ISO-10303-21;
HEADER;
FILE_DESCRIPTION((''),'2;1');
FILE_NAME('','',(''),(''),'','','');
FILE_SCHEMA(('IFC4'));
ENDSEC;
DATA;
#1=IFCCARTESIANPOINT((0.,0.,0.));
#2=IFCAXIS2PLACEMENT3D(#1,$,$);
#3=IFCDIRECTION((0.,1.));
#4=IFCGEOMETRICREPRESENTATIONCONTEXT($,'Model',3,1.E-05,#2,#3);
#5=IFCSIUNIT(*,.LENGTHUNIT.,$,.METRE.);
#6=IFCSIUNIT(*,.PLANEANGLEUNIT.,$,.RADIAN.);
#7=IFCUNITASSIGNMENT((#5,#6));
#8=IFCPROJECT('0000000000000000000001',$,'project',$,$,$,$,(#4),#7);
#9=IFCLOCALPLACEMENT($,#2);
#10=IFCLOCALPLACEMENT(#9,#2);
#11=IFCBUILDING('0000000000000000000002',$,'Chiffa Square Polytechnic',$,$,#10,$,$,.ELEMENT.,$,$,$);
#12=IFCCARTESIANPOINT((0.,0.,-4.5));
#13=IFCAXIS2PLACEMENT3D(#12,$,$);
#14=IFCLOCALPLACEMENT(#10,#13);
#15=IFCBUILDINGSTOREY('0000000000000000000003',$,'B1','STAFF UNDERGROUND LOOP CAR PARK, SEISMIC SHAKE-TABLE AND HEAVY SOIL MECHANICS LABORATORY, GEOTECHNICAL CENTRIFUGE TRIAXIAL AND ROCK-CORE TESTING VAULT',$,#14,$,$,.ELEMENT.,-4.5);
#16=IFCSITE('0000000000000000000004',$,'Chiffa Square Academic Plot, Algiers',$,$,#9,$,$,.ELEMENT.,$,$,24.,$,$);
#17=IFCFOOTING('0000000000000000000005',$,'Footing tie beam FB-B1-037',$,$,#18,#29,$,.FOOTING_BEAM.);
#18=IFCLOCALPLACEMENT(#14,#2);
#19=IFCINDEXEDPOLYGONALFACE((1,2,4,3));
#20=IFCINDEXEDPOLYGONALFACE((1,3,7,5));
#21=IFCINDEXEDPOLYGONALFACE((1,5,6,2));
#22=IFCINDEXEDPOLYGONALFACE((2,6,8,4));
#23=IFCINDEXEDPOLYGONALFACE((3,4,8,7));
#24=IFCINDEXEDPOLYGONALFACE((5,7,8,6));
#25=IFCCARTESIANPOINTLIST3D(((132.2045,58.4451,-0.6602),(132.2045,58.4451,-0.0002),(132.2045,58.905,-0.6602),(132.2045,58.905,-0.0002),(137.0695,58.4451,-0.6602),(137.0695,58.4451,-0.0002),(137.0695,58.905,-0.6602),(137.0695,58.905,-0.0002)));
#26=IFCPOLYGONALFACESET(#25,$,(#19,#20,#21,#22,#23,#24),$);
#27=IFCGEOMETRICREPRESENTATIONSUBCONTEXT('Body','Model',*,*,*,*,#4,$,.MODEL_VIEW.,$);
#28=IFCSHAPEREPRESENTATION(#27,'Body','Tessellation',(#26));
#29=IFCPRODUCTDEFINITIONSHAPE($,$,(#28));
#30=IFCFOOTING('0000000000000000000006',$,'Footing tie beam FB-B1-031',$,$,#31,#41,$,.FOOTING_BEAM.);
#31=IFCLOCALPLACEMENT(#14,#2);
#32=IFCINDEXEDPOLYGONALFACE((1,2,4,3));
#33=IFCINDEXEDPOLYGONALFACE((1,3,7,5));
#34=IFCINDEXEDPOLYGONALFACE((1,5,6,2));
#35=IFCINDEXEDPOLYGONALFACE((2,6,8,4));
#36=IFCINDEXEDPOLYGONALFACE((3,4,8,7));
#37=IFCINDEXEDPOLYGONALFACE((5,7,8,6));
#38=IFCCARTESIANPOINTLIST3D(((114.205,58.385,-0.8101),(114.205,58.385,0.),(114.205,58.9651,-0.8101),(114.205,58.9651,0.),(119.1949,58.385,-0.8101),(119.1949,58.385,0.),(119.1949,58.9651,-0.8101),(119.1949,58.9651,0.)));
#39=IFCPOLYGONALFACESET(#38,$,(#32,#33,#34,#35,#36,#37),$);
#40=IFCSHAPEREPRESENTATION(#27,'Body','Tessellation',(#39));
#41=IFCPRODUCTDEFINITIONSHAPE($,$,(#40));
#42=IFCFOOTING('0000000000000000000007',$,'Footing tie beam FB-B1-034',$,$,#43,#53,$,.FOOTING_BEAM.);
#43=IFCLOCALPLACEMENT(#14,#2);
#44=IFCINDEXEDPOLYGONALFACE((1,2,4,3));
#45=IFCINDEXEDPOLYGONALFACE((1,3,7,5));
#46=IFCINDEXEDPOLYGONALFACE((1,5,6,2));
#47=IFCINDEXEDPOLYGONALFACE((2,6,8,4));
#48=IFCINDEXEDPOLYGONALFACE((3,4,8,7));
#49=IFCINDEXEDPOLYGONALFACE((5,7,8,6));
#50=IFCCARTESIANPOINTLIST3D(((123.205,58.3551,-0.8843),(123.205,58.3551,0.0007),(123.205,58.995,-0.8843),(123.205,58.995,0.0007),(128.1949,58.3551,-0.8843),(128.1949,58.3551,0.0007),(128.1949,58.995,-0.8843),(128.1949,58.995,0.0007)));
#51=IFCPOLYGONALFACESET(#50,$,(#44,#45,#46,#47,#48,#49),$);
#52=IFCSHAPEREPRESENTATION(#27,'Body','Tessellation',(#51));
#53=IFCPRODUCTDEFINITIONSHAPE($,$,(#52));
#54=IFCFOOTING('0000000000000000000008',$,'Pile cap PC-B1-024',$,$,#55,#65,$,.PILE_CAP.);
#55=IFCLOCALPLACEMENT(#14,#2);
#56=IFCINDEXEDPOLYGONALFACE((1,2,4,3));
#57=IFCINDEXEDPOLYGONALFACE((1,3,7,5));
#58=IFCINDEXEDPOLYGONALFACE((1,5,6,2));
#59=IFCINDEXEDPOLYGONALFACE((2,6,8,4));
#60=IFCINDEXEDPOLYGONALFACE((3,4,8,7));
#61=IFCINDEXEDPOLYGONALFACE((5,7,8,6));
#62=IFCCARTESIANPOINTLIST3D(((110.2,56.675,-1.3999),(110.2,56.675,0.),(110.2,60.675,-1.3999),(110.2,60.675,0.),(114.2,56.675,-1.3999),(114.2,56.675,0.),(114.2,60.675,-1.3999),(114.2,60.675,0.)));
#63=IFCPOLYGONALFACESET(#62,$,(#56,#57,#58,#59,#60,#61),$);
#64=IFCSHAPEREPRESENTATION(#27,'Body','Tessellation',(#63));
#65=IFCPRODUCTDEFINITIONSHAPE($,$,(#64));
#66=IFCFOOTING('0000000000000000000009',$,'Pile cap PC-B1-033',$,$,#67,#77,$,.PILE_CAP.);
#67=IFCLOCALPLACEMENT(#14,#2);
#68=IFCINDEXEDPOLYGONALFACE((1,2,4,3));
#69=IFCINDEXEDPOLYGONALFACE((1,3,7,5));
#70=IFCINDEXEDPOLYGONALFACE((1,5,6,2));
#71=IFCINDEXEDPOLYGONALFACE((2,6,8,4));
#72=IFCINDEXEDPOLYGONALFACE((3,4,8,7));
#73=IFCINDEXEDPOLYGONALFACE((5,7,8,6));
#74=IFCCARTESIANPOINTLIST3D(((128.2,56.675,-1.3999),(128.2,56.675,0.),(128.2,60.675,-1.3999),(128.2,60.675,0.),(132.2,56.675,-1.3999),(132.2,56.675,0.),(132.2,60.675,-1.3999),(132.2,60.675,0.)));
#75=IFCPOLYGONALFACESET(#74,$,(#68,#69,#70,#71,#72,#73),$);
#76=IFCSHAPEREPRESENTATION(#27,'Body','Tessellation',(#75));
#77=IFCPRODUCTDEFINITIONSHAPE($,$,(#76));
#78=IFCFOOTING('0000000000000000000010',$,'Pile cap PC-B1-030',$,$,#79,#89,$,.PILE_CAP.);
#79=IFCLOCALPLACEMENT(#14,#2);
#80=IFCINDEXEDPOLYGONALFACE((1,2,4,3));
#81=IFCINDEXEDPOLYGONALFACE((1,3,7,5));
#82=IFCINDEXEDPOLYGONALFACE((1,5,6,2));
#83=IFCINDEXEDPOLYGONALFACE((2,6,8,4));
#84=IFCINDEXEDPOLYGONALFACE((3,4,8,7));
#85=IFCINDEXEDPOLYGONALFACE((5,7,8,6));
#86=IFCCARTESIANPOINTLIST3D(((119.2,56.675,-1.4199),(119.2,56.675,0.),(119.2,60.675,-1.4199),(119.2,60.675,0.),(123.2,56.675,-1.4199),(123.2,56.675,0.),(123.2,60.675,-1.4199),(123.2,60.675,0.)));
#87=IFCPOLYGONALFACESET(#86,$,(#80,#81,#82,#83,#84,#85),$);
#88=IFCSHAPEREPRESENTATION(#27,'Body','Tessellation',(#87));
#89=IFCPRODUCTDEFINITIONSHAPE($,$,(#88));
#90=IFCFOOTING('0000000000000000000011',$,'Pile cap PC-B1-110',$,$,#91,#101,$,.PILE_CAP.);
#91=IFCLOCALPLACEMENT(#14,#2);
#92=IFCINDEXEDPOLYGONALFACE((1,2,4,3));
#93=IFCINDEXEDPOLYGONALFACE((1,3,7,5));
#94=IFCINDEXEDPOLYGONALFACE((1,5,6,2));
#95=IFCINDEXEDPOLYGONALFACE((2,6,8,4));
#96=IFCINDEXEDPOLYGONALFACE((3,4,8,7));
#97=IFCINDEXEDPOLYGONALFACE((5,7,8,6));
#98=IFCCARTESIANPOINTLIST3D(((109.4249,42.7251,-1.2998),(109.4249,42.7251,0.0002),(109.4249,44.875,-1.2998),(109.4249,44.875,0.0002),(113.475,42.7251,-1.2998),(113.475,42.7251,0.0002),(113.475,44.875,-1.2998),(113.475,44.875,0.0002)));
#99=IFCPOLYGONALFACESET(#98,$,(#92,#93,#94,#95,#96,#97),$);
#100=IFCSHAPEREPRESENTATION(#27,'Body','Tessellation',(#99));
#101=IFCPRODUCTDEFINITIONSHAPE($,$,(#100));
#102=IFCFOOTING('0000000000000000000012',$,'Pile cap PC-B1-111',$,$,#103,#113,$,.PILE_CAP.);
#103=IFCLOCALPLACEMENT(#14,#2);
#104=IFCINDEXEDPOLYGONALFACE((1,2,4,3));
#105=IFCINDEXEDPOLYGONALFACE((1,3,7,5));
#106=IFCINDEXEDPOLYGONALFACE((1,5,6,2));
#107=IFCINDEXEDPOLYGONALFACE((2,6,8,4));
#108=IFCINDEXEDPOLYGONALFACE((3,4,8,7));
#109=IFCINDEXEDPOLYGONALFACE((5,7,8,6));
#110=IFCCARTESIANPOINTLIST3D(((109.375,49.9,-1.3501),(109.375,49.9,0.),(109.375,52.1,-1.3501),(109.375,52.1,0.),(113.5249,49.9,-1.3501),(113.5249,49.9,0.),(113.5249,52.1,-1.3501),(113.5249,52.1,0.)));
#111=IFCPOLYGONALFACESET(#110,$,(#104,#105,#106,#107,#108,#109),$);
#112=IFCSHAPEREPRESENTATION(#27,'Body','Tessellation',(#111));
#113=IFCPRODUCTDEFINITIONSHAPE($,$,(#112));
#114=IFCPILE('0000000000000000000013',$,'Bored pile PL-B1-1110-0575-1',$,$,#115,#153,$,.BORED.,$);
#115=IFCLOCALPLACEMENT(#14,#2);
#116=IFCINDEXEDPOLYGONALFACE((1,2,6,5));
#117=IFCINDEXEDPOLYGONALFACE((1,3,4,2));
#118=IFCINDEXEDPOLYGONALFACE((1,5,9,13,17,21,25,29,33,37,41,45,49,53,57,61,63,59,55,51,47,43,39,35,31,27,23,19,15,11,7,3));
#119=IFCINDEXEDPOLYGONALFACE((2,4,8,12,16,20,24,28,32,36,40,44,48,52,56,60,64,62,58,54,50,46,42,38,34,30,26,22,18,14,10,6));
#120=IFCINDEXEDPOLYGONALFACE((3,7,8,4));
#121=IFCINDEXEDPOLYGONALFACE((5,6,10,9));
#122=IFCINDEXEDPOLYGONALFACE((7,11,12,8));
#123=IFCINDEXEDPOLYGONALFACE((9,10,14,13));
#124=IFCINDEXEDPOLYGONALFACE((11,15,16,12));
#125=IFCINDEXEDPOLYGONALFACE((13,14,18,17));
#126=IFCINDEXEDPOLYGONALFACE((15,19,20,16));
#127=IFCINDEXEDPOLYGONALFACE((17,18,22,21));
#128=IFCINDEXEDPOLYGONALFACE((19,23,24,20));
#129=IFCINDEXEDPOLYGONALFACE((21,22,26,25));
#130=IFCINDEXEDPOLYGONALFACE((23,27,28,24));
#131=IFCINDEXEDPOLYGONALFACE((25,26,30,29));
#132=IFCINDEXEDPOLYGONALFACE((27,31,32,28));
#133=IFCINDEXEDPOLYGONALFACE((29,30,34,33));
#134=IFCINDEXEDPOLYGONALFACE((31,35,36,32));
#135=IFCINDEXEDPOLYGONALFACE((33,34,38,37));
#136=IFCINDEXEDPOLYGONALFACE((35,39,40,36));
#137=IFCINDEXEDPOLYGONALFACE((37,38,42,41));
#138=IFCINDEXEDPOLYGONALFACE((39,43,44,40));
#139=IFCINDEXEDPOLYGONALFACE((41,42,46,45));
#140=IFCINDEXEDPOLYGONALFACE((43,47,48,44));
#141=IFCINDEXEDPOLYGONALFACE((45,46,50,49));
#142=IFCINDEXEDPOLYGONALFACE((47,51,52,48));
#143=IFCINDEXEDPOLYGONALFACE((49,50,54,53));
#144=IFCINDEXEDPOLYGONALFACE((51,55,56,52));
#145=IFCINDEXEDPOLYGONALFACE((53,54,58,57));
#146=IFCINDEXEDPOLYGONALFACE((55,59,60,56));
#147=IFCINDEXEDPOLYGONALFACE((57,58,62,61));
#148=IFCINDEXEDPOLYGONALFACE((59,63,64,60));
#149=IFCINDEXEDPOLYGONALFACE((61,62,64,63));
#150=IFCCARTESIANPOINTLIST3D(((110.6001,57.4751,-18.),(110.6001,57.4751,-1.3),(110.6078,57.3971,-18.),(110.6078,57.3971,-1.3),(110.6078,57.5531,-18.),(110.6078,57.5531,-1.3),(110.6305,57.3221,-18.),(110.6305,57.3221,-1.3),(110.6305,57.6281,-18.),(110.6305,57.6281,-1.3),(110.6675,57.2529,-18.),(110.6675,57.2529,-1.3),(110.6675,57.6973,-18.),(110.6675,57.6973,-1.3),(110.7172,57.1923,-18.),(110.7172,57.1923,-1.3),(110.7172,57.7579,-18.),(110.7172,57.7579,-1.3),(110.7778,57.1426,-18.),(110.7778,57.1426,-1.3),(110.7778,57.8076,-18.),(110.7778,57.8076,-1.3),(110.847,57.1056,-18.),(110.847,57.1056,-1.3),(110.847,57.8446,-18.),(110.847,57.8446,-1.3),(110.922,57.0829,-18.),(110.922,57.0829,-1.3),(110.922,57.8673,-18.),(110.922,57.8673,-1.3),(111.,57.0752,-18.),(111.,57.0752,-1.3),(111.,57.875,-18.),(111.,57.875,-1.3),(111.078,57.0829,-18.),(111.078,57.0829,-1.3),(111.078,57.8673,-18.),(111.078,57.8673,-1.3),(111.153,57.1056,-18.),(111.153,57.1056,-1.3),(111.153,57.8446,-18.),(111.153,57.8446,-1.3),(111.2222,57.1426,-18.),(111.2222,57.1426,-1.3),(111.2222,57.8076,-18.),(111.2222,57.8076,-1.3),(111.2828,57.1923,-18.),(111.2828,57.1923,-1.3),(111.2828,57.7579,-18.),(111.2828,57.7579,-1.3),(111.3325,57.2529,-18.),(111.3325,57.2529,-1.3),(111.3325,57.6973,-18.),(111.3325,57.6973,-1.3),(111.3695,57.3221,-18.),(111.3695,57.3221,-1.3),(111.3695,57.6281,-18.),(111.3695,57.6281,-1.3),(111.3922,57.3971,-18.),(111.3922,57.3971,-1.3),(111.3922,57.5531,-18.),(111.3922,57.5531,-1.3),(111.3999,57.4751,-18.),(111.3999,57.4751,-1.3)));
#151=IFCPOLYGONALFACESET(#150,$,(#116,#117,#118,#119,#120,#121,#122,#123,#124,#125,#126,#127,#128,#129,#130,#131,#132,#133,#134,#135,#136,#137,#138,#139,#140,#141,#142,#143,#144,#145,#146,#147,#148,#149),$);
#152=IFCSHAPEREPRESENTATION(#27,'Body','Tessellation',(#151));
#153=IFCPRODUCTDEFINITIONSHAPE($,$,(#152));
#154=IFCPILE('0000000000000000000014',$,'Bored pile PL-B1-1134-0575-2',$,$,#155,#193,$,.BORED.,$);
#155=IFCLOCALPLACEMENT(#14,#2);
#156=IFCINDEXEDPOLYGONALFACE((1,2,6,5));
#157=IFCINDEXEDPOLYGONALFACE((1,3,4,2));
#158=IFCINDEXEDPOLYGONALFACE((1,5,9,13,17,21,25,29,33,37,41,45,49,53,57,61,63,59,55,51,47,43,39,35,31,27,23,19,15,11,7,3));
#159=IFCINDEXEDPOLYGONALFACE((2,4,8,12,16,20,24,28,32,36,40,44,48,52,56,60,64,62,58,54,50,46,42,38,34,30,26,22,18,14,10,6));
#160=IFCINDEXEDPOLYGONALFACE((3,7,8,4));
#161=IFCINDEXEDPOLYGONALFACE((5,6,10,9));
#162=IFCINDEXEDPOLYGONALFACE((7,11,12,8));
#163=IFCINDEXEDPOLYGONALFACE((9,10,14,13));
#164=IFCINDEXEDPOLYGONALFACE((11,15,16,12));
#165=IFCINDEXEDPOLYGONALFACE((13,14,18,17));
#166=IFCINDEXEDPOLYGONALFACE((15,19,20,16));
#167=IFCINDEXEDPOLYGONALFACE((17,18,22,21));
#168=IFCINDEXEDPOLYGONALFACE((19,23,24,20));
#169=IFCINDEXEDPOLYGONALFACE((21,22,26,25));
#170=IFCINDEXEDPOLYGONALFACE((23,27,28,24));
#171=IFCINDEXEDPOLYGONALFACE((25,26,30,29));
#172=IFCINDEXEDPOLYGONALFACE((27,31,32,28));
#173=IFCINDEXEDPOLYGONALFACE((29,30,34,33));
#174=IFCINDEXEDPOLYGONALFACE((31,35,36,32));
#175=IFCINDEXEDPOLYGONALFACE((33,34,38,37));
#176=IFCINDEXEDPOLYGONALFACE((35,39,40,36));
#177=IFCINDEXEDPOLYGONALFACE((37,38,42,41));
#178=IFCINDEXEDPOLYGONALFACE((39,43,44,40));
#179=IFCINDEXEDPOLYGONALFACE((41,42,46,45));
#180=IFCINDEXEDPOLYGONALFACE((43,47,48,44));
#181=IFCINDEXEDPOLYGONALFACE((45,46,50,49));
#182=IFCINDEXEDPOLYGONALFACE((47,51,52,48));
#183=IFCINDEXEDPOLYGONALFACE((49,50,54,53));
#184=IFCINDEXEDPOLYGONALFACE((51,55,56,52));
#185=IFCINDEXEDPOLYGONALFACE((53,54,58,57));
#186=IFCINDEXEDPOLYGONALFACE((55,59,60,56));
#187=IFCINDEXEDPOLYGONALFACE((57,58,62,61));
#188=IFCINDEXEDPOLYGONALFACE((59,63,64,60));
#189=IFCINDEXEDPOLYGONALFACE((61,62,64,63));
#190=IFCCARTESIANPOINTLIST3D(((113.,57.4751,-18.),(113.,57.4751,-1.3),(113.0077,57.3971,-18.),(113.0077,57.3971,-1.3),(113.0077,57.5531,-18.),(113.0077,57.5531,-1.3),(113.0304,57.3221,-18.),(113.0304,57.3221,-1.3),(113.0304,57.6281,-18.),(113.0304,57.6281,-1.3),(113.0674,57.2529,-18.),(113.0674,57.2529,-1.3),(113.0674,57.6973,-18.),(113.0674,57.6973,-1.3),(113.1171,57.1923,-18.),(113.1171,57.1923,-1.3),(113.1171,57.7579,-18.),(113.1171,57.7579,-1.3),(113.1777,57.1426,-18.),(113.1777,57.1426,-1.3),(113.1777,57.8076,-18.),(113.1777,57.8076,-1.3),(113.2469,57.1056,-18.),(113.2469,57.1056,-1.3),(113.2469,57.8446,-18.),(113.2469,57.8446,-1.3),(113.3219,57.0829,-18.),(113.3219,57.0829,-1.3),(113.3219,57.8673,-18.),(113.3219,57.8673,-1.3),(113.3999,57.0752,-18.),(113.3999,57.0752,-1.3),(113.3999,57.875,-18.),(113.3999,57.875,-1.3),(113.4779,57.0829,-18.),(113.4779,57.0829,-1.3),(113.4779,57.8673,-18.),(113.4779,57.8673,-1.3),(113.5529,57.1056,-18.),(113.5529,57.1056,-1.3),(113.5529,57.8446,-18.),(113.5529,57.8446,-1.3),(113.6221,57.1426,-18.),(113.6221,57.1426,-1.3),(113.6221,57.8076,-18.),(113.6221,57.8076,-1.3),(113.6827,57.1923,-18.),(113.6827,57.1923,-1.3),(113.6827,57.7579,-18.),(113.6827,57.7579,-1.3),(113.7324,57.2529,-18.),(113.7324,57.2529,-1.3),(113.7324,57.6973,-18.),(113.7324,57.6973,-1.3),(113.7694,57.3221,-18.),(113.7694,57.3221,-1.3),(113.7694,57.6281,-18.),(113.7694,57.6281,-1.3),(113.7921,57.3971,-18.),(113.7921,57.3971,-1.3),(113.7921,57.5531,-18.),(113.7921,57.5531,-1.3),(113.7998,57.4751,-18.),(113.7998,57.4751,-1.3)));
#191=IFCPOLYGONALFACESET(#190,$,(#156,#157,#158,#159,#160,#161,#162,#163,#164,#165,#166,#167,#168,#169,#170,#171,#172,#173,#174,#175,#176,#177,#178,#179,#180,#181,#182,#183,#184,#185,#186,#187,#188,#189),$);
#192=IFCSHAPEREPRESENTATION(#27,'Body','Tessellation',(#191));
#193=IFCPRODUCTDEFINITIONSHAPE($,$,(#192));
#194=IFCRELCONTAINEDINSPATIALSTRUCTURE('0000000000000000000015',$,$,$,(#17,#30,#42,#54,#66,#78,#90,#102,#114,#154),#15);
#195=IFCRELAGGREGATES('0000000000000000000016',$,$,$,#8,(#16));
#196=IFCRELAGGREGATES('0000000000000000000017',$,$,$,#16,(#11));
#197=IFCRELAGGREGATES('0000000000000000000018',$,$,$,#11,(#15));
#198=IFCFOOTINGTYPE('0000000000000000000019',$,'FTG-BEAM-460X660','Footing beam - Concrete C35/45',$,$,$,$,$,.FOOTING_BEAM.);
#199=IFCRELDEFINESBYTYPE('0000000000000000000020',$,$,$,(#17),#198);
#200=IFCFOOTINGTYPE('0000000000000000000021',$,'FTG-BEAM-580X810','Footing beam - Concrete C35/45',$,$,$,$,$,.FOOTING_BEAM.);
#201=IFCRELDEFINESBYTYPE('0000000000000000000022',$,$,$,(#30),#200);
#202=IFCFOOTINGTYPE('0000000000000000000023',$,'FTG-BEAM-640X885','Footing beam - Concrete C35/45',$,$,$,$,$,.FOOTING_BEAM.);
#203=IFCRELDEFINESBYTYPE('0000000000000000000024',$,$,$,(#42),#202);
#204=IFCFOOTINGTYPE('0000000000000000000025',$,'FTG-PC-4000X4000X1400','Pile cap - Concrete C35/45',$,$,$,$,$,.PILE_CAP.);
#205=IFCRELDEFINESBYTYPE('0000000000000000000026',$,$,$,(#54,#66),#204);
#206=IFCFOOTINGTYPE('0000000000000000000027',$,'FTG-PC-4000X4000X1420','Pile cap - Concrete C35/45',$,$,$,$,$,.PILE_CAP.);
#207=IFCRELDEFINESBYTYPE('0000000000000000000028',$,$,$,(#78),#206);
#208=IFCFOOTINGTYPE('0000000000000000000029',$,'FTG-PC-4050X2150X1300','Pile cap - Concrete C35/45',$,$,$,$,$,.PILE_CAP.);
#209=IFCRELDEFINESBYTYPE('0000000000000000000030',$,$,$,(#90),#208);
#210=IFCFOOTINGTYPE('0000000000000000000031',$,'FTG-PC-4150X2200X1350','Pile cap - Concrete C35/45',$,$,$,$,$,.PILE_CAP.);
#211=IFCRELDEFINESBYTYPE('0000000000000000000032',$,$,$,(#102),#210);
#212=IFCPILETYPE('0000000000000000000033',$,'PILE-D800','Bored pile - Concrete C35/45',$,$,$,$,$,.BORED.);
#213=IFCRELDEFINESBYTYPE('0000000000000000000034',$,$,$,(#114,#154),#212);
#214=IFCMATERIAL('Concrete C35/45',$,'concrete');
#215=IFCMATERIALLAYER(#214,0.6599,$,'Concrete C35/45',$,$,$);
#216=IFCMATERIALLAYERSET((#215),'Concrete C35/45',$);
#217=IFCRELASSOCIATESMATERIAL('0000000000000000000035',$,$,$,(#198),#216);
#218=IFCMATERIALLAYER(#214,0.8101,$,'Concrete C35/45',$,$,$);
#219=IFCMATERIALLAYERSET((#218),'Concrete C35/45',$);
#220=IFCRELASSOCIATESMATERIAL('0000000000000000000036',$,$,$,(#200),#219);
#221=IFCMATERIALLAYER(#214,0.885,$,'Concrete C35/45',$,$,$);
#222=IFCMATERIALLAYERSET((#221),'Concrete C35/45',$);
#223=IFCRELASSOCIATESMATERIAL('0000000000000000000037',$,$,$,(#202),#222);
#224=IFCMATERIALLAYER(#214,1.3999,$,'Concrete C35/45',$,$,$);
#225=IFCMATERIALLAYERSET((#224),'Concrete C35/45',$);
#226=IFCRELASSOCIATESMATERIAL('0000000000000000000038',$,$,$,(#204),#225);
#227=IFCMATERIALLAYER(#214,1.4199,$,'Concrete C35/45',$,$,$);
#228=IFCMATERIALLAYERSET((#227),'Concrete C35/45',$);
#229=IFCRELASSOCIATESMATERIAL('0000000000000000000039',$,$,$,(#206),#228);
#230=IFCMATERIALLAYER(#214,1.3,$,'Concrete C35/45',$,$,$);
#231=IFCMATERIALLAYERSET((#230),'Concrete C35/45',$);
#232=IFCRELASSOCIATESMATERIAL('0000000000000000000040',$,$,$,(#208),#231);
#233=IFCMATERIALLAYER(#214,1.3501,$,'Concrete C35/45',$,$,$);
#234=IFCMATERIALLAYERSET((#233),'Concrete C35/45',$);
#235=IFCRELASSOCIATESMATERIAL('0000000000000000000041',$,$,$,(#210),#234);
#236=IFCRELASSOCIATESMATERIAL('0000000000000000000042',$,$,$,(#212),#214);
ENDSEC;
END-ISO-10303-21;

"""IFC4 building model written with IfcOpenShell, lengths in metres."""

from ifc_helpers import new_model, si_unit, direction, frame, origin, origin_2d, place, context, subcontext, project, spatial, rectangle, circle, extrude, material, layer, layer_set, material_profile, profile_set, type_object, element, save


model = new_model("IFC4")

# Units and contexts
model_context = context("Model", 3, precision=1e-05, world=origin(), true_north=direction((0.0, 1.0)))
body_context = subcontext(model_context, "Body", "Model", "MODEL_VIEW")
ifc_project = project(units=[si_unit("LENGTHUNIT", "METRE"), si_unit("PLANEANGLEUNIT", "RADIAN")], contexts=[model_context])

# Site, building, storey
site_placement = place(None, origin())
site = spatial("IfcSite", under=ifc_project, at=site_placement, Name="Chiffa Square Academic Plot, Algiers", CompositionType="ELEMENT", RefElevation=24.0)
building_placement = place(site_placement, origin())
building = spatial("IfcBuilding", under=site, at=building_placement, Name="Chiffa Square Polytechnic", CompositionType="ELEMENT")
storey_placement = place(building_placement, frame((0.0, 0.0, -4.5)))
storey = spatial("IfcBuildingStorey", under=building, at=storey_placement, Name="B1", Description="STAFF UNDERGROUND LOOP CAR PARK, SEISMIC SHAKE-TABLE AND HEAVY SOIL MECHANICS LABORATORY, GEOTECHNICAL CENTRIFUGE TRIAXIAL AND ROCK-CORE TESTING VAULT", CompositionType="ELEMENT", Elevation=-4.5)

# Footings
ifc_material = material(Name="Concrete C35/45", Category="concrete")
ifc_layer_1 = layer(ifc_material, 0.6599, Name="Concrete C35/45")
ifc_layer_set_1 = layer_set([ifc_layer_1], Name="Concrete C35/45")
footing_type_1 = type_object("IfcFootingType", Name="FTG-BEAM-460X660", Description="Footing beam - Concrete C35/45", PredefinedType="FOOTING_BEAM", material=ifc_layer_set_1)
footing_1_placement = place(storey_placement, frame((134.637, 58.675, -0.6602), z_axis=(0.0, 0.0, 1.0), x_axis=(1.0, 0.0, 0.0)))
element("IfcFooting", 1, at=footing_1_placement, inside=storey, type_object=footing_type_1, Name="Footing tie beam FB-B1-037", PredefinedType="FOOTING_BEAM", context=body_context, shape_type="SweptSolid", body=[
    extrude(rectangle(XDim=4.865, YDim=0.46, at=origin_2d()), origin(), (0.0, 0.0, 1.0), 0.6599),
])
ifc_layer_2 = layer(ifc_material, 0.8101, Name="Concrete C35/45")
ifc_layer_set_2 = layer_set([ifc_layer_2], Name="Concrete C35/45")
footing_type_2 = type_object("IfcFootingType", Name="FTG-BEAM-580X810", Description="Footing beam - Concrete C35/45", PredefinedType="FOOTING_BEAM", material=ifc_layer_set_2)
footing_2_placement = place(storey_placement, frame((116.7, 58.675, -0.8101), z_axis=(0.0, 0.0, 1.0), x_axis=(1.0, 0.0, 0.0)))
element("IfcFooting", 2, at=footing_2_placement, inside=storey, type_object=footing_type_2, Name="Footing tie beam FB-B1-031", PredefinedType="FOOTING_BEAM", context=body_context, shape_type="SweptSolid", body=[
    extrude(rectangle(XDim=4.99, YDim=0.5801, at=origin_2d()), origin(), (0.0, 0.0, 1.0), 0.8101),
])
ifc_layer_3 = layer(ifc_material, 0.885, Name="Concrete C35/45")
ifc_layer_set_3 = layer_set([ifc_layer_3], Name="Concrete C35/45")
footing_type_3 = type_object("IfcFootingType", Name="FTG-BEAM-640X885", Description="Footing beam - Concrete C35/45", PredefinedType="FOOTING_BEAM", material=ifc_layer_set_3)
footing_3_placement = place(storey_placement, frame((125.7, 58.675, -0.8843), z_axis=(0.0, 0.0, 1.0), x_axis=(1.0, 0.0, 0.0)))
element("IfcFooting", 3, at=footing_3_placement, inside=storey, type_object=footing_type_3, Name="Footing tie beam FB-B1-034", PredefinedType="FOOTING_BEAM", context=body_context, shape_type="SweptSolid", body=[
    extrude(rectangle(XDim=4.99, YDim=0.6399, at=origin_2d()), origin(), (0.0, 0.0, 1.0), 0.885),
])
ifc_layer_4 = layer(ifc_material, 1.3999, Name="Concrete C35/45")
ifc_layer_set_4 = layer_set([ifc_layer_4], Name="Concrete C35/45")
footing_type_4 = type_object("IfcFootingType", Name="FTG-PC-4000X4000X1400", Description="Pile cap - Concrete C35/45", PredefinedType="PILE_CAP", material=ifc_layer_set_4)
for number, where, z_axis, x_axis, name in (
    (4, (112.2, 58.675, -1.3999), (0.0, 0.0, 1.0), (1.0, 0.0, 0.0), "Pile cap PC-B1-024"),
    (5, (130.2, 58.675, -1.3999), (0.0, 0.0, 1.0), (1.0, 0.0, 0.0), "Pile cap PC-B1-033"),
):
    element("IfcFooting", number, at=place(storey_placement, frame(where, z_axis=z_axis, x_axis=x_axis)), inside=storey, type_object=footing_type_4, Name=name, PredefinedType="PILE_CAP", context=body_context, shape_type="SweptSolid", body=[
        extrude(rectangle(XDim=4.0, YDim=4.0, at=origin_2d()), origin(), (0.0, 0.0, 1.0), 1.3999),
    ])
ifc_layer_5 = layer(ifc_material, 1.4199, Name="Concrete C35/45")
ifc_layer_set_5 = layer_set([ifc_layer_5], Name="Concrete C35/45")
footing_type_5 = type_object("IfcFootingType", Name="FTG-PC-4000X4000X1420", Description="Pile cap - Concrete C35/45", PredefinedType="PILE_CAP", material=ifc_layer_set_5)
footing_4_placement = place(storey_placement, frame((121.2, 58.675, -1.4199), z_axis=(0.0, 0.0, 1.0), x_axis=(1.0, 0.0, 0.0)))
element("IfcFooting", 6, at=footing_4_placement, inside=storey, type_object=footing_type_5, Name="Pile cap PC-B1-030", PredefinedType="PILE_CAP", context=body_context, shape_type="SweptSolid", body=[
    extrude(rectangle(XDim=4.0, YDim=4.0, at=origin_2d()), origin(), (0.0, 0.0, 1.0), 1.4199),
])
ifc_layer_6 = layer(ifc_material, 1.3, Name="Concrete C35/45")
ifc_layer_set_6 = layer_set([ifc_layer_6], Name="Concrete C35/45")
footing_type_6 = type_object("IfcFootingType", Name="FTG-PC-4050X2150X1300", Description="Pile cap - Concrete C35/45", PredefinedType="PILE_CAP", material=ifc_layer_set_6)
footing_5_placement = place(storey_placement, frame((111.45, 43.8, -1.2998), z_axis=(0.0, 0.0, 1.0), x_axis=(1.0, 0.0, 0.0)))
element("IfcFooting", 7, at=footing_5_placement, inside=storey, type_object=footing_type_6, Name="Pile cap PC-B1-110", PredefinedType="PILE_CAP", context=body_context, shape_type="SweptSolid", body=[
    extrude(rectangle(XDim=4.05, YDim=2.1499, at=origin_2d()), origin(), (0.0, 0.0, 1.0), 1.3),
])
ifc_layer_7 = layer(ifc_material, 1.3501, Name="Concrete C35/45")
ifc_layer_set_7 = layer_set([ifc_layer_7], Name="Concrete C35/45")
footing_type_7 = type_object("IfcFootingType", Name="FTG-PC-4150X2200X1350", Description="Pile cap - Concrete C35/45", PredefinedType="PILE_CAP", material=ifc_layer_set_7)
footing_6_placement = place(storey_placement, frame((111.45, 51.0, -1.3501), z_axis=(0.0, 0.0, 1.0), x_axis=(1.0, 0.0, 0.0)))
element("IfcFooting", 8, at=footing_6_placement, inside=storey, type_object=footing_type_7, Name="Pile cap PC-B1-111", PredefinedType="PILE_CAP", context=body_context, shape_type="SweptSolid", body=[
    extrude(rectangle(XDim=4.1499, YDim=2.2, at=origin_2d()), origin(), (0.0, 0.0, 1.0), 1.3501),
])

# Piles
ifc_material_profile_1 = material_profile(ifc_material, circle(Radius=0.3999, at=origin_2d()), Name="PILE D800")
ifc_profile_set_1 = profile_set([ifc_material_profile_1], Name="Concrete C35/45")
pile_type_1 = type_object("IfcPileType", Name="PILE-D800", Description="Bored pile - Concrete C35/45", PredefinedType="BORED", material=ifc_profile_set_1)
for number, where, z_axis, x_axis, name in (
    (9, (111.0, 57.4751, -1.3), (0.0, 0.0, -1.0), (1.0, 0.0, 0.0), "Bored pile PL-B1-1110-0575-1"),
    (10, (113.3999, 57.4751, -1.3), (0.0, 0.0, -1.0), (1.0, 0.0, 0.0), "Bored pile PL-B1-1134-0575-2"),
):
    element("IfcPile", number, at=place(storey_placement, frame(where, z_axis=z_axis, x_axis=x_axis)), inside=storey, type_object=pile_type_1, Name=name, PredefinedType="BORED", context=body_context, shape_type="SweptSolid", body=[
        extrude(circle(Radius=0.3999, at=origin_2d()), origin(), (0.0, 0.0, 1.0), 16.7),
    ])

save(model, "model.ifc")
